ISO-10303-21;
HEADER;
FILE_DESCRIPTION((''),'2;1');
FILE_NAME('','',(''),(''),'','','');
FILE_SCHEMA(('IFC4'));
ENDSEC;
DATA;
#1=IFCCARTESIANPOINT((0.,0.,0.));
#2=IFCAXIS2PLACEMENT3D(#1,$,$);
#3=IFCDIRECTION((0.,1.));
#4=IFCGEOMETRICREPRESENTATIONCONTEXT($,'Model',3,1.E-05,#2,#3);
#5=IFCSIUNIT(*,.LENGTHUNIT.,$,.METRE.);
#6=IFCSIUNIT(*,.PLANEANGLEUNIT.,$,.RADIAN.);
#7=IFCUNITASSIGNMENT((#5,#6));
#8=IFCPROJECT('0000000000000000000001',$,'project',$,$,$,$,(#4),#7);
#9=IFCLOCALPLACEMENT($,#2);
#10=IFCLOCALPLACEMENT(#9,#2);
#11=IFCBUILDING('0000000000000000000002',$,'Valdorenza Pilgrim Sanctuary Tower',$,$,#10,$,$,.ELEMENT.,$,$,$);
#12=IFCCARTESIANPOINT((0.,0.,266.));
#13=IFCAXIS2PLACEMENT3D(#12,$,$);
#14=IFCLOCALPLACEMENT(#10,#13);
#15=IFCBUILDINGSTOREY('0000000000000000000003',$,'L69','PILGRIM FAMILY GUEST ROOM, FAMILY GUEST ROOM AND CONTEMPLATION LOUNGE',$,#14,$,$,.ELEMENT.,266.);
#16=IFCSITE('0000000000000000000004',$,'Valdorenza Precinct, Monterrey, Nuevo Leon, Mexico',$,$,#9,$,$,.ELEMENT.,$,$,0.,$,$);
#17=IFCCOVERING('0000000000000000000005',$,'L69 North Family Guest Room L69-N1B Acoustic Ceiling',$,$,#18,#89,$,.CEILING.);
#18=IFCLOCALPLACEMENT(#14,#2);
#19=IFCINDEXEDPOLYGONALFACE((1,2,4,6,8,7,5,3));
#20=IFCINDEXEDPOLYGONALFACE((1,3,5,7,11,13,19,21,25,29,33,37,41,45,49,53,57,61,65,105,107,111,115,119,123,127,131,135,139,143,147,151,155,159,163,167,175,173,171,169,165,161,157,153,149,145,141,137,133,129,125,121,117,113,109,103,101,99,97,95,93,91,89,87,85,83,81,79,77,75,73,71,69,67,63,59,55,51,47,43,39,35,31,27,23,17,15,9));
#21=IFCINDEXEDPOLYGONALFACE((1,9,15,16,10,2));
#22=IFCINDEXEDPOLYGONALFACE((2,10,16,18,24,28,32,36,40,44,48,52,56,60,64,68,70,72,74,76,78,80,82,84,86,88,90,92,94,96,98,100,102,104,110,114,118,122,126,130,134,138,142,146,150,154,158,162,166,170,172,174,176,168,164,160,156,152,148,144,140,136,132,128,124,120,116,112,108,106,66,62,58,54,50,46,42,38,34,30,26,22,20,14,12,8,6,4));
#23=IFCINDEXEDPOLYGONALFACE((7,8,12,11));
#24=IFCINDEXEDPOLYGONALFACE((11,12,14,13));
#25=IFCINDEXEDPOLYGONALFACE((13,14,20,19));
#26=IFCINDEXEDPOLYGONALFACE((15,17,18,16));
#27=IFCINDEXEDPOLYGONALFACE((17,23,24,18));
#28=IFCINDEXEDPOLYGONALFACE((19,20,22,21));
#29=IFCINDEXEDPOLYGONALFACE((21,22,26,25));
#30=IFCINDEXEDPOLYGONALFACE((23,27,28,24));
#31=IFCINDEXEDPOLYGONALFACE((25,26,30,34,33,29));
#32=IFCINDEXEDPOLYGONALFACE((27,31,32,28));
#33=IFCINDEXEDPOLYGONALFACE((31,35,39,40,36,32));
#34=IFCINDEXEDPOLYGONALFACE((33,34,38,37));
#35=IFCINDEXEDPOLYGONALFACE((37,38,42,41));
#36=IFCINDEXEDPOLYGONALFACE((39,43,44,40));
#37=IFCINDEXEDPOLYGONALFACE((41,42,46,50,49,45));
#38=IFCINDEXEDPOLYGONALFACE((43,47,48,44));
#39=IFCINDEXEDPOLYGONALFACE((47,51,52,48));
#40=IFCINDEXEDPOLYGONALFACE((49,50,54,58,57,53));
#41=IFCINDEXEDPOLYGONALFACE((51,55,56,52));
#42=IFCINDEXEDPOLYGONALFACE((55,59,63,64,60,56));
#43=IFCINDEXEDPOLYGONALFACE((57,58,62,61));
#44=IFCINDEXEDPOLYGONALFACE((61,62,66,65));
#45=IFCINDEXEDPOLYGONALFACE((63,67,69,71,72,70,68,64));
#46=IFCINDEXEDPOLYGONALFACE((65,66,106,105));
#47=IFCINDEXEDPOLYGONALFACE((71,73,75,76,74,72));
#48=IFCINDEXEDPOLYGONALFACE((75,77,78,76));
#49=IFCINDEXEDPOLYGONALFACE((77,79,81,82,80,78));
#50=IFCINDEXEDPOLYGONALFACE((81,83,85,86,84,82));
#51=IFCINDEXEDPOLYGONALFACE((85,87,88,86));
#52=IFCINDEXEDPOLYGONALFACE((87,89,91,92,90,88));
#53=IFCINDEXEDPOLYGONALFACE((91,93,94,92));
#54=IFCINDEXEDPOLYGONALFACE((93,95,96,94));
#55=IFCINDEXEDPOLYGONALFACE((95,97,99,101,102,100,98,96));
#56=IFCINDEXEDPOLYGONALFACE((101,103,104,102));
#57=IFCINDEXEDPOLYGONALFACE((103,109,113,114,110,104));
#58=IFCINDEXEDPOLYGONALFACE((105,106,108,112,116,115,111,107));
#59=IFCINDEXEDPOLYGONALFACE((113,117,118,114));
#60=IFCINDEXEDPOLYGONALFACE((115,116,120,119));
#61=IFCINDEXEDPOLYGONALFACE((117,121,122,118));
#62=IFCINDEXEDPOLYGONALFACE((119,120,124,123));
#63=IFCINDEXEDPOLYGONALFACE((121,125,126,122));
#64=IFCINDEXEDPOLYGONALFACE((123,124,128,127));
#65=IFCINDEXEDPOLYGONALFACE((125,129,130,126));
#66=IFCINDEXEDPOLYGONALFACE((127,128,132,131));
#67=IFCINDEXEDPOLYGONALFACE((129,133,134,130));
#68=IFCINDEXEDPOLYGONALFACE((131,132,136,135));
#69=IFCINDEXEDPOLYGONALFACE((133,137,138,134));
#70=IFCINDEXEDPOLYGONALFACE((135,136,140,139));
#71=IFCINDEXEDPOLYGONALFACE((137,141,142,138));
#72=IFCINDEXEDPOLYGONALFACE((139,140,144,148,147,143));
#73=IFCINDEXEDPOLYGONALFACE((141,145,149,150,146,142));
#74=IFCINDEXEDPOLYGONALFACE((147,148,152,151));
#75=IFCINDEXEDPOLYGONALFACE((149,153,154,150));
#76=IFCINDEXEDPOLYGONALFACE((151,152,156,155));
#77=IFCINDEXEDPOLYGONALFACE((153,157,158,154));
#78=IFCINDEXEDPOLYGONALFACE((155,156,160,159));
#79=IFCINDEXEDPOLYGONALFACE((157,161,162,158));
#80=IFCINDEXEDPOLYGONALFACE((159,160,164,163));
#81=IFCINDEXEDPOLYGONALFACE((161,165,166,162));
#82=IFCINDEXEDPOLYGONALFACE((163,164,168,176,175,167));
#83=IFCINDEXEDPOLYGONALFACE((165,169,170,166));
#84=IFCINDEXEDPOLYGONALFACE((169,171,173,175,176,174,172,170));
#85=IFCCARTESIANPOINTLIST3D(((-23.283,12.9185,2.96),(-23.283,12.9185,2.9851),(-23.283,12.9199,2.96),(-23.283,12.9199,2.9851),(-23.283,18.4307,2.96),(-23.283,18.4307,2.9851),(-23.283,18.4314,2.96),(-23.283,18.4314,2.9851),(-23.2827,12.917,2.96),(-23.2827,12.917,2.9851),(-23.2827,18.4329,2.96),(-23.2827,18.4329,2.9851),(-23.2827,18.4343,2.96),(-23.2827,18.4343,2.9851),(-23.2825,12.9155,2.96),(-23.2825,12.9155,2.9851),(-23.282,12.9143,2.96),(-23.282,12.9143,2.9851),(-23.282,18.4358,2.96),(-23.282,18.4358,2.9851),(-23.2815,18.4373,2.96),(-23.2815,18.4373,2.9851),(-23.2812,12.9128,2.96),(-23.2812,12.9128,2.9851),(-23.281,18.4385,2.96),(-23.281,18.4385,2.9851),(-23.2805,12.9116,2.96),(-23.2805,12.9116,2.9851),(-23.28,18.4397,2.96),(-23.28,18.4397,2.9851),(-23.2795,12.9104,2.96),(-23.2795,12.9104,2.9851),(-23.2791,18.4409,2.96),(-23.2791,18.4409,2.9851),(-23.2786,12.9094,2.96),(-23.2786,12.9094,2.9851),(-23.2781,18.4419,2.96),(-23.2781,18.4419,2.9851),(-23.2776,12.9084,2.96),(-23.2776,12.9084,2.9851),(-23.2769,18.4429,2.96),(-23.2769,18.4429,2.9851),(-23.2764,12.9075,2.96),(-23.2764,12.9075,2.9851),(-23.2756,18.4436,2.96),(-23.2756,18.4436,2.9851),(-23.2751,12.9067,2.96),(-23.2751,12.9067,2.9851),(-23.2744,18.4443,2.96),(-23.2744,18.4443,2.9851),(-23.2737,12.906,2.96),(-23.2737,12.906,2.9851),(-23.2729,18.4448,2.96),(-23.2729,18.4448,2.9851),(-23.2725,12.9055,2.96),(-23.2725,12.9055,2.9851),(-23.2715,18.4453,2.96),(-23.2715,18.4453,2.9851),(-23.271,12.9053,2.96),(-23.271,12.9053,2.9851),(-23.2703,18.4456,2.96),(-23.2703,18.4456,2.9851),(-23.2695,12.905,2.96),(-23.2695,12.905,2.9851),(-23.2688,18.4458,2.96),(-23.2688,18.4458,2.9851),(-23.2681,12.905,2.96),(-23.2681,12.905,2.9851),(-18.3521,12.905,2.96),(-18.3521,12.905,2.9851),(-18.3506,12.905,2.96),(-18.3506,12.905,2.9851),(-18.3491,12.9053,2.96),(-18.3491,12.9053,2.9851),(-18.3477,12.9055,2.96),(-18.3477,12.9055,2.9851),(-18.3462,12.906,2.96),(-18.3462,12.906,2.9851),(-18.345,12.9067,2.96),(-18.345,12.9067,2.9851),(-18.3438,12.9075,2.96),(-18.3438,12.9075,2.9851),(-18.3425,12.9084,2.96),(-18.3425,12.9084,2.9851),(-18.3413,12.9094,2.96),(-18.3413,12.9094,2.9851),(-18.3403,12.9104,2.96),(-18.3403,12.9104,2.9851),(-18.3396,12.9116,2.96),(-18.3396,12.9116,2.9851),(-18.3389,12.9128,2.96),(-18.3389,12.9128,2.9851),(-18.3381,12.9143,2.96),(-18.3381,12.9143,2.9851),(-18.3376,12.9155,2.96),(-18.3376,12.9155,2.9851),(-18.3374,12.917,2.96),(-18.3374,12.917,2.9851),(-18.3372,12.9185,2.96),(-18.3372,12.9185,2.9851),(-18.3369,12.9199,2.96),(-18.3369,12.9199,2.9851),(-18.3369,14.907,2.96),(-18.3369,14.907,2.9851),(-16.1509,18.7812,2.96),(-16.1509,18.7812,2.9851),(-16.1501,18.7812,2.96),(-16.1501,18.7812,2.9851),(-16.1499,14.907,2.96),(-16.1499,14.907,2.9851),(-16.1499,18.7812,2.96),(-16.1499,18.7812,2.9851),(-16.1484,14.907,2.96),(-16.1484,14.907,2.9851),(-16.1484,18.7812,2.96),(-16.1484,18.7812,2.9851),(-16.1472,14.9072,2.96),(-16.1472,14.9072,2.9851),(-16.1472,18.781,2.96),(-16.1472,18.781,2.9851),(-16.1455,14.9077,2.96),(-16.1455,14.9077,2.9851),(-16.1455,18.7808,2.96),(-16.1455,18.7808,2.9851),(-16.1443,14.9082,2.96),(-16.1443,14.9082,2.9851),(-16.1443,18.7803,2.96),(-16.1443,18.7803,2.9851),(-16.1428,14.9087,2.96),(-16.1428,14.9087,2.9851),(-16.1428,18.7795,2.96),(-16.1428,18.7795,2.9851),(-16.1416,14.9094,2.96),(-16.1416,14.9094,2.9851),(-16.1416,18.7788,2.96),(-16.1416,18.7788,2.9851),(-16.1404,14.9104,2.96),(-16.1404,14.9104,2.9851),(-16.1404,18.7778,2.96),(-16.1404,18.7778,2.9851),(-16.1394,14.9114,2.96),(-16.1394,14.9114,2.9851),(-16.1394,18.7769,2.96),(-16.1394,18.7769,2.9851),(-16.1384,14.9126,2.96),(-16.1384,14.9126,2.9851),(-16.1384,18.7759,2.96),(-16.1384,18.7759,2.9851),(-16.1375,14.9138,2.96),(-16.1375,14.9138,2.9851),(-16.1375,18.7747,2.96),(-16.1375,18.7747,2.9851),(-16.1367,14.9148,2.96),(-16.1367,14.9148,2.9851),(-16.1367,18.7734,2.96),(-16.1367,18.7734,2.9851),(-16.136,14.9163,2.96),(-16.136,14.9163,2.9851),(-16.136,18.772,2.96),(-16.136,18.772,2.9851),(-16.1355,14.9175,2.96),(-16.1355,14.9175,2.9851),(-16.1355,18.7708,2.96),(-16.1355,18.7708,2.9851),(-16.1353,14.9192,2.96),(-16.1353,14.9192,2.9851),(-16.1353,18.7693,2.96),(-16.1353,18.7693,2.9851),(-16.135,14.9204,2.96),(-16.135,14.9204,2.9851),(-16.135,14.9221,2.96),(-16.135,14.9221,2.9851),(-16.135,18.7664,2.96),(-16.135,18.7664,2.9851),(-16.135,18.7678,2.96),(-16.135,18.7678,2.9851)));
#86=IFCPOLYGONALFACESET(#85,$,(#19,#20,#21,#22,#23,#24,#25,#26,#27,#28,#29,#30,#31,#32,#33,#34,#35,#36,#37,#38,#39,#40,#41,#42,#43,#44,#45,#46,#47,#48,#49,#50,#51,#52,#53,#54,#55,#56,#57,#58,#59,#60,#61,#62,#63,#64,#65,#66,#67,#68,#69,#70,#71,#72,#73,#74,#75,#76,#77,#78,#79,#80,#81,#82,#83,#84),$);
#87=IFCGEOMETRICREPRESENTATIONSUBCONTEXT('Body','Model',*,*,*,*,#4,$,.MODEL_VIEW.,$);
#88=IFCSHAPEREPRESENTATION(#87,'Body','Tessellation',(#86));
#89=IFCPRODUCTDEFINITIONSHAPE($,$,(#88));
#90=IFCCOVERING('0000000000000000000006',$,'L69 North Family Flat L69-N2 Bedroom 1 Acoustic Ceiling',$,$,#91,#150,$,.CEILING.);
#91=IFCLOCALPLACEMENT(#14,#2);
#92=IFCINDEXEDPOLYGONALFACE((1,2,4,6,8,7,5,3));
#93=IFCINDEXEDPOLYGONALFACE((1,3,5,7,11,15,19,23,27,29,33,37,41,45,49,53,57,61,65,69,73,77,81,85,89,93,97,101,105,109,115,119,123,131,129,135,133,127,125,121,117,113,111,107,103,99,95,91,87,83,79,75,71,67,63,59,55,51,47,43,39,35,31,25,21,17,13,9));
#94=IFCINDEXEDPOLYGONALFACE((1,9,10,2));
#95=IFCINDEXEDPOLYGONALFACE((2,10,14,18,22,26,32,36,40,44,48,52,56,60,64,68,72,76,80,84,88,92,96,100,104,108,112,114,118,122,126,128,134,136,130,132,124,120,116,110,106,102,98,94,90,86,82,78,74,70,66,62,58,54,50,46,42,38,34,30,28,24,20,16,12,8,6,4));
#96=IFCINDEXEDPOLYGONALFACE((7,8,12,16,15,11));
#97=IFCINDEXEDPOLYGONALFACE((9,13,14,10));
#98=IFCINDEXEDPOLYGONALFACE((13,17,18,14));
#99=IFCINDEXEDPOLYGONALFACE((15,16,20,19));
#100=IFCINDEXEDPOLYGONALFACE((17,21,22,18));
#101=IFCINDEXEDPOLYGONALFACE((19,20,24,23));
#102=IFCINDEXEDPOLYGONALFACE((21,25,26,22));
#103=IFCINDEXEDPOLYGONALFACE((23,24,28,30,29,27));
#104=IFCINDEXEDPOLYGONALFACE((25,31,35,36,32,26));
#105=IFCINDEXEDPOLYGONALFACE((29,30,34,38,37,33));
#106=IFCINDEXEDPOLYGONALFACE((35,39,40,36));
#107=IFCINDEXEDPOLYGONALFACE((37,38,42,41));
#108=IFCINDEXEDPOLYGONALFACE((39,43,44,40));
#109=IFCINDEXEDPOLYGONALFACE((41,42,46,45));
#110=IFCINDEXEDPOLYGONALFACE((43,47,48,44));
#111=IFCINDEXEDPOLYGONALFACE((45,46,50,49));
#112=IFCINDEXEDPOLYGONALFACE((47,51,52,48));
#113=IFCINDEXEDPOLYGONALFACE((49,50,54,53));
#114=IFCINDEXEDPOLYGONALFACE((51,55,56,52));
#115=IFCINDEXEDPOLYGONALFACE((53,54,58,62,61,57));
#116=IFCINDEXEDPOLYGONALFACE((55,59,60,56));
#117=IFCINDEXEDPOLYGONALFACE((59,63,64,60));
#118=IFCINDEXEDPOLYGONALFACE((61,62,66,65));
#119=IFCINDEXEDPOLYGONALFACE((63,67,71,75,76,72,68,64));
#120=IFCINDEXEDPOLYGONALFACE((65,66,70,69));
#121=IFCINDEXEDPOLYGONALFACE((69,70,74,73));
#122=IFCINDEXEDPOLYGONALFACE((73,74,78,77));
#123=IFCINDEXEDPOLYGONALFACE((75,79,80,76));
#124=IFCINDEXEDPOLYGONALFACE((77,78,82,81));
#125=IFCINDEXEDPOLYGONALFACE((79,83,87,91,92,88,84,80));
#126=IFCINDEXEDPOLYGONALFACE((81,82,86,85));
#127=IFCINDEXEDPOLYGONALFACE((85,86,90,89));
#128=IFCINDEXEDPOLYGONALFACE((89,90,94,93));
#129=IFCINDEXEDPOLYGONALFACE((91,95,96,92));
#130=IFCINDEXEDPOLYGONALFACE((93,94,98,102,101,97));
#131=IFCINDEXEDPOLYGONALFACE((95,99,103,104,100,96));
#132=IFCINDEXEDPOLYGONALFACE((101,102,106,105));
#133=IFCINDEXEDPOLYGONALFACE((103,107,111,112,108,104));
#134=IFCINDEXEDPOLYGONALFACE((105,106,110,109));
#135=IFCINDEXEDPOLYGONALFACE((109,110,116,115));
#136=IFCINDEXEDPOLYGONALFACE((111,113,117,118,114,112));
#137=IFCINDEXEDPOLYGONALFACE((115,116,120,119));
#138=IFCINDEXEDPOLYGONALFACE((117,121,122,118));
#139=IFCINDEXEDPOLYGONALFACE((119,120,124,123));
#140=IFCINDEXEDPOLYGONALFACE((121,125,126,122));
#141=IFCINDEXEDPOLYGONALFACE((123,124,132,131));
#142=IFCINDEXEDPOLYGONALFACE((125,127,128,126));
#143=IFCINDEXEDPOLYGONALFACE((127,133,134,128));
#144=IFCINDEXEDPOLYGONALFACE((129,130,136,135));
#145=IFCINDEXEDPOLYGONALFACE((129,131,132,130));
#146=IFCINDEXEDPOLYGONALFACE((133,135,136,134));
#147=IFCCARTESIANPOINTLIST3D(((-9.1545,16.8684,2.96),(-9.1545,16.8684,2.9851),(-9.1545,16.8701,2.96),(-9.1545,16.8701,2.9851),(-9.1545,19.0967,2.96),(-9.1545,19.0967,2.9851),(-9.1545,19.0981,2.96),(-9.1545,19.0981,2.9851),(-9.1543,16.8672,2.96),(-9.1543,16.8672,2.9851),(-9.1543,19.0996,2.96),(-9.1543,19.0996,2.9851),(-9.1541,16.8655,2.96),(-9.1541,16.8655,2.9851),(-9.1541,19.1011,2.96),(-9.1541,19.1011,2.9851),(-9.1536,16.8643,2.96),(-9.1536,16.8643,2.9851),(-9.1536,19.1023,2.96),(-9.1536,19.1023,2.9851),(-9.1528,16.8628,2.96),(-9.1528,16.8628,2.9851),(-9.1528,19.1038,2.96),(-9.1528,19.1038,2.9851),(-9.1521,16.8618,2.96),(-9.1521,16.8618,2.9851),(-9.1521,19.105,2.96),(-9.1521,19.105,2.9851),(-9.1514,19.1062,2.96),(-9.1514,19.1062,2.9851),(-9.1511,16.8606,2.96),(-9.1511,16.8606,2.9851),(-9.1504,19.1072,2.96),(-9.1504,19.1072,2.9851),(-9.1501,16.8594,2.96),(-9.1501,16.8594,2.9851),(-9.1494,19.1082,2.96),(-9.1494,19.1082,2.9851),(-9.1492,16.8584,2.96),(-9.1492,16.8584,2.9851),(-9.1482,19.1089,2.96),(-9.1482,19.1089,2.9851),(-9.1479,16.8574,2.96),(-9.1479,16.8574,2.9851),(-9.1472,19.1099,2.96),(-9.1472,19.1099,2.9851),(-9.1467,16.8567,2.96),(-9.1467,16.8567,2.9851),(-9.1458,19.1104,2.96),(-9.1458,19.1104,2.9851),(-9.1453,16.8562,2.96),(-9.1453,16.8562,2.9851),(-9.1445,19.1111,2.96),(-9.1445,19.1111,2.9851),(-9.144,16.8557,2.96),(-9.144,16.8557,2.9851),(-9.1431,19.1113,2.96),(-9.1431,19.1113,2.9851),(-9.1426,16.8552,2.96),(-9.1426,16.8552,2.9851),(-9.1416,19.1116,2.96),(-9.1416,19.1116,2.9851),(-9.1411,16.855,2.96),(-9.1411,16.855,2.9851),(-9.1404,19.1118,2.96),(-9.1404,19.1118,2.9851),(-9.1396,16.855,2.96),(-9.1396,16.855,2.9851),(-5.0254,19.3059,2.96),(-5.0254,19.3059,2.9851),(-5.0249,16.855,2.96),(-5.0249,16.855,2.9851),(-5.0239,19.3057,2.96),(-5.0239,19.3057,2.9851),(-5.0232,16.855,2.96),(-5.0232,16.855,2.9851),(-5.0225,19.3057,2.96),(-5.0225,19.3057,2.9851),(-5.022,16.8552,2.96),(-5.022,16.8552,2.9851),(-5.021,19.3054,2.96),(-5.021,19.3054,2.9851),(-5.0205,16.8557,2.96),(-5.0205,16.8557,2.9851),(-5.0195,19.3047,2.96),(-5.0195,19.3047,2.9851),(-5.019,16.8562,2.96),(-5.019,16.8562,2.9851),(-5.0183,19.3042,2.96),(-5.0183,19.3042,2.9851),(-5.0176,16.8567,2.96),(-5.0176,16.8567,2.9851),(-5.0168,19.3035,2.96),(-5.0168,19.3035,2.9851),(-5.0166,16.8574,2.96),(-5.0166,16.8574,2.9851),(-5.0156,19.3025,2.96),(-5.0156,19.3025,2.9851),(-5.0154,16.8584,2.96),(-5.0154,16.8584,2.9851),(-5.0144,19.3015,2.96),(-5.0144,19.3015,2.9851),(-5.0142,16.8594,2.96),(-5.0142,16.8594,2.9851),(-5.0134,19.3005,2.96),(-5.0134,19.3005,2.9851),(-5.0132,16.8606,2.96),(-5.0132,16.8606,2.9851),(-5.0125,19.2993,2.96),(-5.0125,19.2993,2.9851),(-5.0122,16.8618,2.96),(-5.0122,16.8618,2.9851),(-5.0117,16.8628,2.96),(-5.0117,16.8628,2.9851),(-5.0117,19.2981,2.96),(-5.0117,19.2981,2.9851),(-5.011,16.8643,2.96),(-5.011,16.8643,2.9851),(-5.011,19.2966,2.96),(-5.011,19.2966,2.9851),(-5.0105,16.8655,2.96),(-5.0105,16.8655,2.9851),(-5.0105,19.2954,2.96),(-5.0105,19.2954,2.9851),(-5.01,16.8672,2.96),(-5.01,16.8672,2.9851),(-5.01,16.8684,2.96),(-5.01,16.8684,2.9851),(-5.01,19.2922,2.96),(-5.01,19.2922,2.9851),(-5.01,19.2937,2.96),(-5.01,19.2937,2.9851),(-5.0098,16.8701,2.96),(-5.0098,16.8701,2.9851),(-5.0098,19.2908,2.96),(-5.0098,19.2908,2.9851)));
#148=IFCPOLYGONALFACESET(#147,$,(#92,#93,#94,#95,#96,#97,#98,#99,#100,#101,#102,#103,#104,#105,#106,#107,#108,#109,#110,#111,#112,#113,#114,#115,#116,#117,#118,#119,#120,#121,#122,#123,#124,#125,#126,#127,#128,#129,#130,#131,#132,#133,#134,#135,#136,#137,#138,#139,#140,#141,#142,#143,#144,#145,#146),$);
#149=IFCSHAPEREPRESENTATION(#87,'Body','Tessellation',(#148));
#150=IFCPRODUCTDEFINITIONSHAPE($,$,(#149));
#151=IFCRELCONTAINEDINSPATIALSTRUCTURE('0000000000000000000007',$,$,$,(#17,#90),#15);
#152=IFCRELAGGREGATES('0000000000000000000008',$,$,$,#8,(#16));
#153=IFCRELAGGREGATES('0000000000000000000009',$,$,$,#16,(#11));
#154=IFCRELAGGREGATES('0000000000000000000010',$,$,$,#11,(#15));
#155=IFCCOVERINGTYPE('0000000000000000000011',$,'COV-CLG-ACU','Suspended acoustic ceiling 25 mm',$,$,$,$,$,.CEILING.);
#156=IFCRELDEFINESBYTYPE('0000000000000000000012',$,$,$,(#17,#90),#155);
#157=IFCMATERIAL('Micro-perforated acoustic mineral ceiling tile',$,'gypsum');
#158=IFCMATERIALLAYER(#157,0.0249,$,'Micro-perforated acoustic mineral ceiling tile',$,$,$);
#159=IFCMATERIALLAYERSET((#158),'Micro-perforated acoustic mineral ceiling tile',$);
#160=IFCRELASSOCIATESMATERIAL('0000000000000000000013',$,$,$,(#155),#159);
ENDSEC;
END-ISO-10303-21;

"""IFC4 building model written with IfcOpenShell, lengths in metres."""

from ifc_helpers import new_model, si_unit, direction, frame, origin, place, context, subcontext, project, spatial, polyline, outline, extrude, material, layer, layer_set, type_object, element, save


model = new_model("IFC4")

# Units and contexts
model_context = context("Model", 3, precision=1e-05, world=origin(), true_north=direction((0.0, 1.0)))
body_context = subcontext(model_context, "Body", "Model", "MODEL_VIEW")
ifc_project = project(units=[si_unit("LENGTHUNIT", "METRE"), si_unit("PLANEANGLEUNIT", "RADIAN")], contexts=[model_context])

# Site, building, storey
site_placement = place(None, origin())
site = spatial("IfcSite", under=ifc_project, at=site_placement, Name="Valdorenza Precinct, Monterrey, Nuevo Leon, Mexico", CompositionType="ELEMENT", RefElevation=0.0)
building_placement = place(site_placement, origin())
building = spatial("IfcBuilding", under=site, at=building_placement, Name="Valdorenza Pilgrim Sanctuary Tower", CompositionType="ELEMENT")
storey_placement = place(building_placement, frame((0.0, 0.0, 266.0)))
storey = spatial("IfcBuildingStorey", under=building, at=storey_placement, Name="L69", Description="PILGRIM FAMILY GUEST ROOM, FAMILY GUEST ROOM AND CONTEMPLATION LOUNGE", CompositionType="ELEMENT", Elevation=266.0)

# Coverings
ifc_material_1 = material(Name="Micro-perforated acoustic mineral ceiling tile", Category="gypsum")
ifc_layer_1 = layer(ifc_material_1, 0.0249, Name="Micro-perforated acoustic mineral ceiling tile")
ifc_layer_set_1 = layer_set([ifc_layer_1], Name="Micro-perforated acoustic mineral ceiling tile")
covering_type_1 = type_object("IfcCoveringType", Name="COV-CLG-ACU", Description="Suspended acoustic ceiling 25 mm", PredefinedType="CEILING", material=ifc_layer_set_1)
covering_1_placement = place(storey_placement, frame((0.0, 0.0, 2.96)))
element("IfcCovering", 1, at=covering_1_placement, inside=storey, type_object=covering_type_1, Name="L69 North Family Guest Room L69-N1B Acoustic Ceiling", PredefinedType="CEILING", context=body_context, shape_type="SweptSolid", body=[
    extrude(outline(polyline([(-23.283, 18.4307), (-23.283, 18.4314), (-23.2827, 18.4329), (-23.2827, 18.4343), (-23.282, 18.4358), (-23.2815, 18.4373), (-23.281, 18.4385), (-23.28, 18.4397), (-23.2791, 18.4409), (-23.2781, 18.4419), (-23.2769, 18.4429), (-23.2756, 18.4436), (-23.2744, 18.4443), (-23.2729, 18.4448), (-23.2715, 18.4453), (-23.2703, 18.4456), (-23.2688, 18.4458), (-16.1509, 18.7812), (-16.1501, 18.7812), (-16.1499, 18.7812), (-16.1484, 18.7812), (-16.1472, 18.781), (-16.1455, 18.7808), (-16.1443, 18.7803), (-16.1428, 18.7795), (-16.1416, 18.7788), (-16.1404, 18.7778), (-16.1394, 18.7769), (-16.1384, 18.7759), (-16.1375, 18.7747), (-16.1367, 18.7734), (-16.136, 18.772), (-16.1355, 18.7708), (-16.1353, 18.7693), (-16.135, 18.7678), (-16.135, 18.7664), (-16.135, 14.9221), (-16.135, 14.9204), (-16.1353, 14.9192), (-16.1355, 14.9175), (-16.136, 14.9163), (-16.1367, 14.9148), (-16.1375, 14.9138), (-16.1384, 14.9126), (-16.1394, 14.9114), (-16.1404, 14.9104), (-16.1416, 14.9094), (-16.1428, 14.9087), (-16.1443, 14.9082), (-16.1455, 14.9077), (-16.1472, 14.9072), (-16.1484, 14.907), (-16.1499, 14.907), (-18.3369, 14.907), (-18.3369, 12.9199), (-18.3372, 12.9185), (-18.3374, 12.917), (-18.3376, 12.9155), (-18.3381, 12.9143), (-18.3389, 12.9128), (-18.3396, 12.9116), (-18.3403, 12.9104), (-18.3413, 12.9094), (-18.3425, 12.9084), (-18.3438, 12.9075), (-18.345, 12.9067), (-18.3462, 12.906), (-18.3477, 12.9055), (-18.3491, 12.9053), (-18.3506, 12.905), (-18.3521, 12.905), (-23.2681, 12.905), (-23.2695, 12.905), (-23.271, 12.9053), (-23.2725, 12.9055), (-23.2737, 12.906), (-23.2751, 12.9067), (-23.2764, 12.9075), (-23.2776, 12.9084), (-23.2786, 12.9094), (-23.2795, 12.9104), (-23.2805, 12.9116), (-23.2812, 12.9128), (-23.282, 12.9143), (-23.2825, 12.9155), (-23.2827, 12.917), (-23.283, 12.9185), (-23.283, 12.9199), (-23.283, 18.4307), (-23.283, 18.4307)])), origin(), (0.0, 0.0, 1.0), 0.0251),
])
covering_2_placement = place(storey_placement, frame((0.0, 0.0, 2.96)))
element("IfcCovering", 2, at=covering_2_placement, inside=storey, type_object=covering_type_1, Name="L69 North Family Flat L69-N2 Bedroom 1 Acoustic Ceiling", PredefinedType="CEILING", context=body_context, shape_type="SweptSolid", body=[
    extrude(outline(polyline([(-9.1396, 16.855), (-9.1411, 16.855), (-9.1426, 16.8552), (-9.144, 16.8557), (-9.1453, 16.8562), (-9.1467, 16.8567), (-9.1479, 16.8574), (-9.1492, 16.8584), (-9.1501, 16.8594), (-9.1511, 16.8606), (-9.1521, 16.8618), (-9.1528, 16.8628), (-9.1536, 16.8643), (-9.1541, 16.8655), (-9.1543, 16.8672), (-9.1545, 16.8684), (-9.1545, 16.8701), (-9.1545, 19.0967), (-9.1545, 19.0981), (-9.1543, 19.0996), (-9.1541, 19.1011), (-9.1536, 19.1023), (-9.1528, 19.1038), (-9.1521, 19.105), (-9.1514, 19.1062), (-9.1504, 19.1072), (-9.1494, 19.1082), (-9.1482, 19.1089), (-9.1472, 19.1099), (-9.1458, 19.1104), (-9.1445, 19.1111), (-9.1431, 19.1113), (-9.1416, 19.1116), (-9.1404, 19.1118), (-5.0254, 19.3059), (-5.0239, 19.3057), (-5.0225, 19.3057), (-5.021, 19.3054), (-5.0195, 19.3047), (-5.0183, 19.3042), (-5.0168, 19.3035), (-5.0156, 19.3025), (-5.0144, 19.3015), (-5.0134, 19.3005), (-5.0125, 19.2993), (-5.0117, 19.2981), (-5.011, 19.2966), (-5.0105, 19.2954), (-5.01, 19.2937), (-5.01, 19.2922), (-5.0098, 19.2908), (-5.0098, 16.8701), (-5.01, 16.8684), (-5.01, 16.8672), (-5.0105, 16.8655), (-5.011, 16.8643), (-5.0117, 16.8628), (-5.0122, 16.8618), (-5.0132, 16.8606), (-5.0142, 16.8594), (-5.0154, 16.8584), (-5.0166, 16.8574), (-5.0176, 16.8567), (-5.019, 16.8562), (-5.0205, 16.8557), (-5.022, 16.8552), (-5.0232, 16.855), (-5.0249, 16.855), (-9.1396, 16.855)])), origin(), (0.0, 0.0, 1.0), 0.0251),
])

save(model, "model.ifc")
